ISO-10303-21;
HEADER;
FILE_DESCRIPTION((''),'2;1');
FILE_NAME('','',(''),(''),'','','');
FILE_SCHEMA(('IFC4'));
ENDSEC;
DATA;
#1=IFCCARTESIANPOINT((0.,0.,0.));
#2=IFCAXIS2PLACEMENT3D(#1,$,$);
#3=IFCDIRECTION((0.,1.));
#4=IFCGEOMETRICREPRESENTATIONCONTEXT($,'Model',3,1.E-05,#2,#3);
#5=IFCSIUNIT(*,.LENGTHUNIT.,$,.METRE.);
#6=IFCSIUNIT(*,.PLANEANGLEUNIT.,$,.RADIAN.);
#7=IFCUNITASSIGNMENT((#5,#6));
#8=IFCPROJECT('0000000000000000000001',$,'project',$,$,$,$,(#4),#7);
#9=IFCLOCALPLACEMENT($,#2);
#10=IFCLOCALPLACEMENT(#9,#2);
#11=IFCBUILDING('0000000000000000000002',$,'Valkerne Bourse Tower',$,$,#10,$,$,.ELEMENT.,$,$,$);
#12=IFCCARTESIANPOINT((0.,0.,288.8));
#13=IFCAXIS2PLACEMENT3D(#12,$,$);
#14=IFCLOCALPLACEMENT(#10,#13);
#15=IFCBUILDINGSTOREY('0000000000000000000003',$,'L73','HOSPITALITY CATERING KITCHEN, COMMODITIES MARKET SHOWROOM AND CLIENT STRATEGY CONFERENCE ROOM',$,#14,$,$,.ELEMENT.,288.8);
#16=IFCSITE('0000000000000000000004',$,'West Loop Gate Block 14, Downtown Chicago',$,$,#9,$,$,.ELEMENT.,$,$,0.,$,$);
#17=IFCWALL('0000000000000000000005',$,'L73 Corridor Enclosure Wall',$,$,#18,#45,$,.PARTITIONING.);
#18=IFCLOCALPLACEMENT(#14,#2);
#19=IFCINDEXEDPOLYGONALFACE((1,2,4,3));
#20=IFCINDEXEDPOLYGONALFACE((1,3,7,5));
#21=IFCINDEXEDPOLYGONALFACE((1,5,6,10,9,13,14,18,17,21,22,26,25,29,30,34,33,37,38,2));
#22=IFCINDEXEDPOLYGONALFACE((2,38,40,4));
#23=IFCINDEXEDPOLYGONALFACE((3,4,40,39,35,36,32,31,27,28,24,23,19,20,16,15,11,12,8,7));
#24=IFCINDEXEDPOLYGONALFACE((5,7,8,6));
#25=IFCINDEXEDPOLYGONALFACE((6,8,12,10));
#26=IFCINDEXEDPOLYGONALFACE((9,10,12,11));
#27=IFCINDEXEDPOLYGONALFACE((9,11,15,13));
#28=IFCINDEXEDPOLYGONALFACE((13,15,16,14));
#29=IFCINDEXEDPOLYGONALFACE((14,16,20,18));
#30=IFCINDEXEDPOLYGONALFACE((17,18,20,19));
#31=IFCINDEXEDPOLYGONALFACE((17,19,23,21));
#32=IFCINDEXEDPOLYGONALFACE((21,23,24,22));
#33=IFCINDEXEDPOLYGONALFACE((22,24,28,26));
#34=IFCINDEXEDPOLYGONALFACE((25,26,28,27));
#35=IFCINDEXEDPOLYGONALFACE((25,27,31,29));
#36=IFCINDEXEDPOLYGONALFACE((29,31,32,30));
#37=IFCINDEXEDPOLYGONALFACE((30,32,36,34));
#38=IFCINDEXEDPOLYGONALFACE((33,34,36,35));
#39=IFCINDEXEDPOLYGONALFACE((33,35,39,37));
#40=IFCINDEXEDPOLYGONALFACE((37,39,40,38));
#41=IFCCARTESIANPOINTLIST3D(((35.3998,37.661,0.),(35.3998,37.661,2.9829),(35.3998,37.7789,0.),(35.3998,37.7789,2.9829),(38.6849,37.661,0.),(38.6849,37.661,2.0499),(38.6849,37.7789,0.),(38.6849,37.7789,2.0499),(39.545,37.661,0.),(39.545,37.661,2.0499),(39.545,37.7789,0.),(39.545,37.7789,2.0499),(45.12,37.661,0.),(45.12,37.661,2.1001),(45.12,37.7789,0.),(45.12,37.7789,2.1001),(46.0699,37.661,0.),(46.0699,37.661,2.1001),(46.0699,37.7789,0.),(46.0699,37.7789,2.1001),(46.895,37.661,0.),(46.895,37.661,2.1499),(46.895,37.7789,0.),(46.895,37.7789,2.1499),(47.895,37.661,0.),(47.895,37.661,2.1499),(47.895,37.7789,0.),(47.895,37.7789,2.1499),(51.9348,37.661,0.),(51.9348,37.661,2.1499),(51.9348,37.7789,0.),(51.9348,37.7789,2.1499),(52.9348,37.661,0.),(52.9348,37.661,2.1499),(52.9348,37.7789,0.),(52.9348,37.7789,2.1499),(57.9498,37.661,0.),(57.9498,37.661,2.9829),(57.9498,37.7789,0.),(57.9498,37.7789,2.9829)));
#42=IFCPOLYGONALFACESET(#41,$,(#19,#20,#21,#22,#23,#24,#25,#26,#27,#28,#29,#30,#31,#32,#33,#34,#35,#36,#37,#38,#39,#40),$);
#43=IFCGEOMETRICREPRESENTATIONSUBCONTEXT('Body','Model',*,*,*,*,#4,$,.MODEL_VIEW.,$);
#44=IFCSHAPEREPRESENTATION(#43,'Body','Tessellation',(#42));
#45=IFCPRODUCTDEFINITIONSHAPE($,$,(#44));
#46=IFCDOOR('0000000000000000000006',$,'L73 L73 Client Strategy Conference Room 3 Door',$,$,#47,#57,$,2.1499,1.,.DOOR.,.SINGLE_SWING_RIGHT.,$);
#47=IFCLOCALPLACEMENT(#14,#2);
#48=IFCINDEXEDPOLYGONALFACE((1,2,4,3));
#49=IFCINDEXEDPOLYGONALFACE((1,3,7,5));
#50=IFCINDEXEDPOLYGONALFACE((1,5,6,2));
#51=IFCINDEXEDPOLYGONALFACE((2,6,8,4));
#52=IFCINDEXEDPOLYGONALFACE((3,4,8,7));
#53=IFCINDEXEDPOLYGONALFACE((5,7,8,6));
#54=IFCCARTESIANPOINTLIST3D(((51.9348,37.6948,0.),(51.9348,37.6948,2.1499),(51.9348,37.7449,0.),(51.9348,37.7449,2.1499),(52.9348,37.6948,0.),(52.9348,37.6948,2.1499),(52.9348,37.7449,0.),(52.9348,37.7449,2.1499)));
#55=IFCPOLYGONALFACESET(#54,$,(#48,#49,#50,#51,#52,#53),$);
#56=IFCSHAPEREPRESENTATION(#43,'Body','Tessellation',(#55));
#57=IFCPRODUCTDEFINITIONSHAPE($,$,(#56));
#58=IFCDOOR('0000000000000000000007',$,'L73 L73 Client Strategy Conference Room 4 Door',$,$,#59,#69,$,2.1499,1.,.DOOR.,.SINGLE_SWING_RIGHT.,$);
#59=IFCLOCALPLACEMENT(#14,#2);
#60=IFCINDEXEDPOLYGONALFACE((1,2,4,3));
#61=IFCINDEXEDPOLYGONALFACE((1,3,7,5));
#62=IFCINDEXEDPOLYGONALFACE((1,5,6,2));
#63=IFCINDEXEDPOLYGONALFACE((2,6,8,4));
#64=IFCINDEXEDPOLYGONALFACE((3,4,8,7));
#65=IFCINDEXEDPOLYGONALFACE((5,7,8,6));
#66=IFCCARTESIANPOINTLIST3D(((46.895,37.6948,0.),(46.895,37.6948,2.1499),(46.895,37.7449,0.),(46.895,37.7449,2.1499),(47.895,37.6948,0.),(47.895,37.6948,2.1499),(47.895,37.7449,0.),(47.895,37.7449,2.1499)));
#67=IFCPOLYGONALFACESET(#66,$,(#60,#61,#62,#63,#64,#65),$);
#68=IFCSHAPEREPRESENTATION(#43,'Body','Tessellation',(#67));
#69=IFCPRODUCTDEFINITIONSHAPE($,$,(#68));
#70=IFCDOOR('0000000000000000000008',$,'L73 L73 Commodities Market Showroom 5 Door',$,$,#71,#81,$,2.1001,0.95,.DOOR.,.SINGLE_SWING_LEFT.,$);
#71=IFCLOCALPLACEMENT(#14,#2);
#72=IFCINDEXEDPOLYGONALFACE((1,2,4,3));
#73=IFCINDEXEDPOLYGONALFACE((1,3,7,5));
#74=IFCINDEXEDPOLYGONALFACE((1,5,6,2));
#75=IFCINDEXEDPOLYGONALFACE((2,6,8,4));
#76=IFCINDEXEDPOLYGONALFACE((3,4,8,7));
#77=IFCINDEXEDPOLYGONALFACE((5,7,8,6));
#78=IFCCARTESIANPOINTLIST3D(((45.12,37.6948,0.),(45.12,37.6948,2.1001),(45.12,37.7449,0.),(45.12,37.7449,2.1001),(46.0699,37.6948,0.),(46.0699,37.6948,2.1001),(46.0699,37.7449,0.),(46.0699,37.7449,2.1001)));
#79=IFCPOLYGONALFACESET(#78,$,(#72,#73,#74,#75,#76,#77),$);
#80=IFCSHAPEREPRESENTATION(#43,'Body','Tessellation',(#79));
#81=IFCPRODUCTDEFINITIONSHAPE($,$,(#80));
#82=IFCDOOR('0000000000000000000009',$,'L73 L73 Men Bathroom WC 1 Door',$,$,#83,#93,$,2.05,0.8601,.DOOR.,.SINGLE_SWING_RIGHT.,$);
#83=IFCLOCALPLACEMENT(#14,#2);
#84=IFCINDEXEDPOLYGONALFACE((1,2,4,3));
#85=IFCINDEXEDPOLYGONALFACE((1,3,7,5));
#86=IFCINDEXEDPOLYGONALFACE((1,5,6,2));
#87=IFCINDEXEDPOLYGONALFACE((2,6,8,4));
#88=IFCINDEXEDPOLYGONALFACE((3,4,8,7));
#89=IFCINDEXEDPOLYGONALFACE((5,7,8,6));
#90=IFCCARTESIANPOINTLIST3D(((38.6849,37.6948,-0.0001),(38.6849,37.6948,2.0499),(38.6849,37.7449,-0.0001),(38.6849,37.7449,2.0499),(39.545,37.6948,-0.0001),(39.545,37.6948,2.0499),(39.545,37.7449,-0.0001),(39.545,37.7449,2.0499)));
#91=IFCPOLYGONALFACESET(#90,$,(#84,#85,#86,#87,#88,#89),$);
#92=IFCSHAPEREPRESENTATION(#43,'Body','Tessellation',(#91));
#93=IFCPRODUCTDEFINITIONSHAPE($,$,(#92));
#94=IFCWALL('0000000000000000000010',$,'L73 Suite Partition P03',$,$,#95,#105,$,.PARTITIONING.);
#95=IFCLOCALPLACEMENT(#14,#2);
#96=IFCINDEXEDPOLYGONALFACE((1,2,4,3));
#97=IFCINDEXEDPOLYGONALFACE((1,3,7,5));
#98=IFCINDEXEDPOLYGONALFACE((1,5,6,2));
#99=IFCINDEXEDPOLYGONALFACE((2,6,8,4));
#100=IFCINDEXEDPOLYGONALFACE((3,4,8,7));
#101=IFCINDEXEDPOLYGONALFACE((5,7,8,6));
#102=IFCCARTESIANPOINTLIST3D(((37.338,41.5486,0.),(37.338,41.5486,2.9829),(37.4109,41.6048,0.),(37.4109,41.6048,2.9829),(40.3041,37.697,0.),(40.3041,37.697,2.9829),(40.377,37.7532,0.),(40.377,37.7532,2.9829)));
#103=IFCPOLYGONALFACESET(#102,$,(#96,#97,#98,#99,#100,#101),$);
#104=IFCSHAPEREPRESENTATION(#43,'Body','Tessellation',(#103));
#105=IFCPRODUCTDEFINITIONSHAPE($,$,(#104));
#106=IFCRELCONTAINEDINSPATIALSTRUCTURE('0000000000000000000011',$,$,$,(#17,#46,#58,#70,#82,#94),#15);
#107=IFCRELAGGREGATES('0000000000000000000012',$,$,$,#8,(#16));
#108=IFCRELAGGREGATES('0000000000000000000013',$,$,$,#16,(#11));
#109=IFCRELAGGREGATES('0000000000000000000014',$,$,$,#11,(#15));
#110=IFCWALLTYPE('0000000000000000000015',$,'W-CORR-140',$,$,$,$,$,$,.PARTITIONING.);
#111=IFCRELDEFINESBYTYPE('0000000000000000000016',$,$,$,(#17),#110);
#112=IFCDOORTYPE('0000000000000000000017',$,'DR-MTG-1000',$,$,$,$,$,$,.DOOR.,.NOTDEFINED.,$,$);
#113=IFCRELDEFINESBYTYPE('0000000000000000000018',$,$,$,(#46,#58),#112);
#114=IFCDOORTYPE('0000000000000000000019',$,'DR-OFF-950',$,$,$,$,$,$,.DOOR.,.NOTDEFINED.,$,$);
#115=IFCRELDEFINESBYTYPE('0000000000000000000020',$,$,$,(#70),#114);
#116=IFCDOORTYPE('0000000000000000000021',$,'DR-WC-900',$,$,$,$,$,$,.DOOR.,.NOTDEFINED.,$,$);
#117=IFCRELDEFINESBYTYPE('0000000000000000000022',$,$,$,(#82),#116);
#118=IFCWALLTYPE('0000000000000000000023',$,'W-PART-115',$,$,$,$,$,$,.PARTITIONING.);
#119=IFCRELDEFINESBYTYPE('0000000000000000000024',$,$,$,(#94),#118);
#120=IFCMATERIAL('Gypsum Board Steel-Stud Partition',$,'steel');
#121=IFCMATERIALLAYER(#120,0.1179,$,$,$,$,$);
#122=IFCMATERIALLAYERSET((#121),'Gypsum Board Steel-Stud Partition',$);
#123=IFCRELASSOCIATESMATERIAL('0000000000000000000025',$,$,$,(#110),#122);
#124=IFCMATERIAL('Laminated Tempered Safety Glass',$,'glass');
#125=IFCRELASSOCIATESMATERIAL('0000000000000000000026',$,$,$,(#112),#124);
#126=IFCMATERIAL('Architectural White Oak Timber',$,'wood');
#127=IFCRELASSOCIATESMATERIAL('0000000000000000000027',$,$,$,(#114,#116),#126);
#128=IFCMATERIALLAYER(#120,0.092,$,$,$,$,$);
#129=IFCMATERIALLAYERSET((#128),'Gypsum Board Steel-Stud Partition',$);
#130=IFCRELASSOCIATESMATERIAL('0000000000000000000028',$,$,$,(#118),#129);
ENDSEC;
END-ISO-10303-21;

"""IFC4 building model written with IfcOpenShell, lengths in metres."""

from ifc_helpers import new_model, si_unit, direction, frame, frame_2d, origin, place, context, subcontext, project, spatial, rectangle, extrude, material, layer, layer_set, type_object, element, fill, save


model = new_model("IFC4")

# Units and contexts
model_context = context("Model", 3, precision=1e-05, world=origin(), true_north=direction((0.0, 1.0)))
body_context = subcontext(model_context, "Body", "Model", "MODEL_VIEW")
ifc_project = project(units=[si_unit("LENGTHUNIT", "METRE"), si_unit("PLANEANGLEUNIT", "RADIAN")], contexts=[model_context])

# Site, building, storey
site_placement = place(None, origin())
site = spatial("IfcSite", under=ifc_project, at=site_placement, Name="West Loop Gate Block 14, Downtown Chicago", CompositionType="ELEMENT", RefElevation=0.0)
building_placement = place(site_placement, origin())
building = spatial("IfcBuilding", under=site, at=building_placement, Name="Valkerne Bourse Tower", CompositionType="ELEMENT")
storey_placement = place(building_placement, frame((0.0, 0.0, 288.8)))
storey = spatial("IfcBuildingStorey", under=building, at=storey_placement, Name="L73", Description="HOSPITALITY CATERING KITCHEN, COMMODITIES MARKET SHOWROOM AND CLIENT STRATEGY CONFERENCE ROOM", CompositionType="ELEMENT", Elevation=288.8)

# Wall, openings, doors
ifc_material_1 = material(Name="Gypsum Board Steel-Stud Partition", Category="steel")
ifc_layer_1 = layer(ifc_material_1, 0.1179)
ifc_layer_set_1 = layer_set([ifc_layer_1], Name="Gypsum Board Steel-Stud Partition")
wall_type_1 = type_object("IfcWallType", Name="W-CORR-140", PredefinedType="PARTITIONING", material=ifc_layer_set_1)
wall_1_placement = place(storey_placement, frame((35.3999, 37.72, 0.0), z_axis=(0.0, 0.0, 1.0), x_axis=(1.0, 0.0, 0.0)))
wall_1 = element("IfcWall", 1, at=wall_1_placement, inside=storey, type_object=wall_type_1, Name="L73 Corridor Enclosure Wall", PredefinedType="PARTITIONING", context=body_context, shape_type="SweptSolid", body=[
    extrude(rectangle(XDim=22.55, YDim=0.1179, at=frame_2d((11.2749, 0.0))), origin(), (0.0, 0.0, 1.0), 2.9829),
])
opening_1_placement = place(wall_1_placement, frame((3.2849, 0.0, 0.0)))
opening_1 = element("IfcOpeningElement", 2, at=opening_1_placement, cuts=wall_1, PredefinedType="OPENING", context=body_context, shape_type="SweptSolid", body=[
    extrude(rectangle(XDim=0.8601, YDim=2.05, at=frame_2d((0.4302, 1.0249))), frame((0.0, 0.0688, 0.0), z_axis=(0.0, -1.0, 0.0), x_axis=(1.0, 0.0, 0.0)), (0.0, 0.0, 1.0), 0.1379),
])
opening_2_placement = place(wall_1_placement, frame((16.5349, 0.0, 0.0)))
opening_2 = element("IfcOpeningElement", 3, at=opening_2_placement, cuts=wall_1, PredefinedType="OPENING", context=body_context, shape_type="SweptSolid", body=[
    extrude(rectangle(XDim=1.0, YDim=2.1499, at=frame_2d((0.5, 1.075))), frame((0.0, 0.0688, 0.0), z_axis=(0.0, -1.0, 0.0), x_axis=(1.0, 0.0, 0.0)), (0.0, 0.0, 1.0), 0.1379),
])
opening_3_placement = place(wall_1_placement, frame((11.4951, 0.0, 0.0)))
opening_3 = element("IfcOpeningElement", 4, at=opening_3_placement, cuts=wall_1, PredefinedType="OPENING", context=body_context, shape_type="SweptSolid", body=[
    extrude(rectangle(XDim=1.0, YDim=2.1499, at=frame_2d((0.5, 1.075))), frame((0.0, 0.0688, 0.0), z_axis=(0.0, -1.0, 0.0), x_axis=(1.0, 0.0, 0.0)), (0.0, 0.0, 1.0), 0.1379),
])
opening_4_placement = place(wall_1_placement, frame((9.72, 0.0, 0.0)))
opening_4 = element("IfcOpeningElement", 5, at=opening_4_placement, cuts=wall_1, PredefinedType="OPENING", context=body_context, shape_type="SweptSolid", body=[
    extrude(rectangle(XDim=0.95, YDim=2.1001, at=frame_2d((0.4751, 1.05))), frame((0.0, 0.0688, 0.0), z_axis=(0.0, -1.0, 0.0), x_axis=(1.0, 0.0, 0.0)), (0.0, 0.0, 1.0), 0.1379),
])
ifc_material_2 = material(Name="Laminated Tempered Safety Glass", Category="glass")
door_type_1 = type_object("IfcDoorType", Name="DR-MTG-1000", OperationType="NOTDEFINED", PredefinedType="DOOR", material=ifc_material_2)
door_1_placement = place(opening_2_placement, origin())
door_1 = element("IfcDoor", 6, at=door_1_placement, inside=storey, type_object=door_type_1, Name="L73 L73 Client Strategy Conference Room 3 Door", OperationType="SINGLE_SWING_RIGHT", OverallHeight=2.1499, OverallWidth=1.0, PredefinedType="DOOR", context=body_context, shape_type="SweptSolid", body=[
    extrude(rectangle(XDim=1.0, YDim=2.1499, at=frame_2d((0.5, 1.075))), frame((0.0, 0.0249, 0.0), z_axis=(0.0, -1.0, 0.0), x_axis=(1.0, 0.0, 0.0)), (0.0, 0.0, 1.0), 0.05),
])
fill(opening_2, door_1)
door_2_placement = place(opening_3_placement, origin())
door_2 = element("IfcDoor", 7, at=door_2_placement, inside=storey, type_object=door_type_1, Name="L73 L73 Client Strategy Conference Room 4 Door", OperationType="SINGLE_SWING_RIGHT", OverallHeight=2.1499, OverallWidth=1.0, PredefinedType="DOOR", context=body_context, shape_type="SweptSolid", body=[
    extrude(rectangle(XDim=1.0, YDim=2.1499, at=frame_2d((0.5, 1.075))), frame((0.0, 0.0249, 0.0), z_axis=(0.0, -1.0, 0.0), x_axis=(1.0, 0.0, 0.0)), (0.0, 0.0, 1.0), 0.05),
])
fill(opening_3, door_2)
ifc_material_3 = material(Name="Architectural White Oak Timber", Category="wood")
door_type_2 = type_object("IfcDoorType", Name="DR-OFF-950", OperationType="NOTDEFINED", PredefinedType="DOOR", material=ifc_material_3)
door_3_placement = place(opening_4_placement, origin())
door_3 = element("IfcDoor", 8, at=door_3_placement, inside=storey, type_object=door_type_2, Name="L73 L73 Commodities Market Showroom 5 Door", OperationType="SINGLE_SWING_LEFT", OverallHeight=2.1001, OverallWidth=0.95, PredefinedType="DOOR", context=body_context, shape_type="SweptSolid", body=[
    extrude(rectangle(XDim=0.95, YDim=2.1001, at=frame_2d((0.4751, 1.05))), frame((0.0, 0.0249, 0.0), z_axis=(0.0, -1.0, 0.0), x_axis=(1.0, 0.0, 0.0)), (0.0, 0.0, 1.0), 0.05),
])
fill(opening_4, door_3)
door_type_3 = type_object("IfcDoorType", Name="DR-WC-900", OperationType="NOTDEFINED", PredefinedType="DOOR", material=ifc_material_3)
door_4_placement = place(opening_1_placement, origin())
door_4 = element("IfcDoor", 9, at=door_4_placement, inside=storey, type_object=door_type_3, Name="L73 L73 Men Bathroom WC 1 Door", OperationType="SINGLE_SWING_RIGHT", OverallHeight=2.05, OverallWidth=0.8601, PredefinedType="DOOR", context=body_context, shape_type="SweptSolid", body=[
    extrude(rectangle(XDim=0.8601, YDim=2.05, at=frame_2d((0.4302, 1.0249))), frame((0.0, 0.0249, 0.0), z_axis=(0.0, -1.0, 0.0), x_axis=(1.0, 0.0, 0.0)), (0.0, 0.0, 1.0), 0.05),
])
fill(opening_1, door_4)

# Wall
ifc_layer_2 = layer(ifc_material_1, 0.092)
ifc_layer_set_2 = layer_set([ifc_layer_2], Name="Gypsum Board Steel-Stud Partition")
wall_type_2 = type_object("IfcWallType", Name="W-PART-115", PredefinedType="PARTITIONING", material=ifc_layer_set_2)
wall_2_placement = place(storey_placement, frame((40.3406, 37.7251, 0.0), z_axis=(0.0, 0.0, 1.0), x_axis=(-0.61014, 0.792293, 0.0)))
element("IfcWall", 10, at=wall_2_placement, inside=storey, type_object=wall_type_2, Name="L73 Suite Partition P03", PredefinedType="PARTITIONING", context=body_context, shape_type="SweptSolid", body=[
    extrude(rectangle(XDim=4.8613, YDim=0.092, at=frame_2d((2.4307, 0.0))), origin(), (0.0, 0.0, 1.0), 2.9829),
])

save(model, "model.ifc")
